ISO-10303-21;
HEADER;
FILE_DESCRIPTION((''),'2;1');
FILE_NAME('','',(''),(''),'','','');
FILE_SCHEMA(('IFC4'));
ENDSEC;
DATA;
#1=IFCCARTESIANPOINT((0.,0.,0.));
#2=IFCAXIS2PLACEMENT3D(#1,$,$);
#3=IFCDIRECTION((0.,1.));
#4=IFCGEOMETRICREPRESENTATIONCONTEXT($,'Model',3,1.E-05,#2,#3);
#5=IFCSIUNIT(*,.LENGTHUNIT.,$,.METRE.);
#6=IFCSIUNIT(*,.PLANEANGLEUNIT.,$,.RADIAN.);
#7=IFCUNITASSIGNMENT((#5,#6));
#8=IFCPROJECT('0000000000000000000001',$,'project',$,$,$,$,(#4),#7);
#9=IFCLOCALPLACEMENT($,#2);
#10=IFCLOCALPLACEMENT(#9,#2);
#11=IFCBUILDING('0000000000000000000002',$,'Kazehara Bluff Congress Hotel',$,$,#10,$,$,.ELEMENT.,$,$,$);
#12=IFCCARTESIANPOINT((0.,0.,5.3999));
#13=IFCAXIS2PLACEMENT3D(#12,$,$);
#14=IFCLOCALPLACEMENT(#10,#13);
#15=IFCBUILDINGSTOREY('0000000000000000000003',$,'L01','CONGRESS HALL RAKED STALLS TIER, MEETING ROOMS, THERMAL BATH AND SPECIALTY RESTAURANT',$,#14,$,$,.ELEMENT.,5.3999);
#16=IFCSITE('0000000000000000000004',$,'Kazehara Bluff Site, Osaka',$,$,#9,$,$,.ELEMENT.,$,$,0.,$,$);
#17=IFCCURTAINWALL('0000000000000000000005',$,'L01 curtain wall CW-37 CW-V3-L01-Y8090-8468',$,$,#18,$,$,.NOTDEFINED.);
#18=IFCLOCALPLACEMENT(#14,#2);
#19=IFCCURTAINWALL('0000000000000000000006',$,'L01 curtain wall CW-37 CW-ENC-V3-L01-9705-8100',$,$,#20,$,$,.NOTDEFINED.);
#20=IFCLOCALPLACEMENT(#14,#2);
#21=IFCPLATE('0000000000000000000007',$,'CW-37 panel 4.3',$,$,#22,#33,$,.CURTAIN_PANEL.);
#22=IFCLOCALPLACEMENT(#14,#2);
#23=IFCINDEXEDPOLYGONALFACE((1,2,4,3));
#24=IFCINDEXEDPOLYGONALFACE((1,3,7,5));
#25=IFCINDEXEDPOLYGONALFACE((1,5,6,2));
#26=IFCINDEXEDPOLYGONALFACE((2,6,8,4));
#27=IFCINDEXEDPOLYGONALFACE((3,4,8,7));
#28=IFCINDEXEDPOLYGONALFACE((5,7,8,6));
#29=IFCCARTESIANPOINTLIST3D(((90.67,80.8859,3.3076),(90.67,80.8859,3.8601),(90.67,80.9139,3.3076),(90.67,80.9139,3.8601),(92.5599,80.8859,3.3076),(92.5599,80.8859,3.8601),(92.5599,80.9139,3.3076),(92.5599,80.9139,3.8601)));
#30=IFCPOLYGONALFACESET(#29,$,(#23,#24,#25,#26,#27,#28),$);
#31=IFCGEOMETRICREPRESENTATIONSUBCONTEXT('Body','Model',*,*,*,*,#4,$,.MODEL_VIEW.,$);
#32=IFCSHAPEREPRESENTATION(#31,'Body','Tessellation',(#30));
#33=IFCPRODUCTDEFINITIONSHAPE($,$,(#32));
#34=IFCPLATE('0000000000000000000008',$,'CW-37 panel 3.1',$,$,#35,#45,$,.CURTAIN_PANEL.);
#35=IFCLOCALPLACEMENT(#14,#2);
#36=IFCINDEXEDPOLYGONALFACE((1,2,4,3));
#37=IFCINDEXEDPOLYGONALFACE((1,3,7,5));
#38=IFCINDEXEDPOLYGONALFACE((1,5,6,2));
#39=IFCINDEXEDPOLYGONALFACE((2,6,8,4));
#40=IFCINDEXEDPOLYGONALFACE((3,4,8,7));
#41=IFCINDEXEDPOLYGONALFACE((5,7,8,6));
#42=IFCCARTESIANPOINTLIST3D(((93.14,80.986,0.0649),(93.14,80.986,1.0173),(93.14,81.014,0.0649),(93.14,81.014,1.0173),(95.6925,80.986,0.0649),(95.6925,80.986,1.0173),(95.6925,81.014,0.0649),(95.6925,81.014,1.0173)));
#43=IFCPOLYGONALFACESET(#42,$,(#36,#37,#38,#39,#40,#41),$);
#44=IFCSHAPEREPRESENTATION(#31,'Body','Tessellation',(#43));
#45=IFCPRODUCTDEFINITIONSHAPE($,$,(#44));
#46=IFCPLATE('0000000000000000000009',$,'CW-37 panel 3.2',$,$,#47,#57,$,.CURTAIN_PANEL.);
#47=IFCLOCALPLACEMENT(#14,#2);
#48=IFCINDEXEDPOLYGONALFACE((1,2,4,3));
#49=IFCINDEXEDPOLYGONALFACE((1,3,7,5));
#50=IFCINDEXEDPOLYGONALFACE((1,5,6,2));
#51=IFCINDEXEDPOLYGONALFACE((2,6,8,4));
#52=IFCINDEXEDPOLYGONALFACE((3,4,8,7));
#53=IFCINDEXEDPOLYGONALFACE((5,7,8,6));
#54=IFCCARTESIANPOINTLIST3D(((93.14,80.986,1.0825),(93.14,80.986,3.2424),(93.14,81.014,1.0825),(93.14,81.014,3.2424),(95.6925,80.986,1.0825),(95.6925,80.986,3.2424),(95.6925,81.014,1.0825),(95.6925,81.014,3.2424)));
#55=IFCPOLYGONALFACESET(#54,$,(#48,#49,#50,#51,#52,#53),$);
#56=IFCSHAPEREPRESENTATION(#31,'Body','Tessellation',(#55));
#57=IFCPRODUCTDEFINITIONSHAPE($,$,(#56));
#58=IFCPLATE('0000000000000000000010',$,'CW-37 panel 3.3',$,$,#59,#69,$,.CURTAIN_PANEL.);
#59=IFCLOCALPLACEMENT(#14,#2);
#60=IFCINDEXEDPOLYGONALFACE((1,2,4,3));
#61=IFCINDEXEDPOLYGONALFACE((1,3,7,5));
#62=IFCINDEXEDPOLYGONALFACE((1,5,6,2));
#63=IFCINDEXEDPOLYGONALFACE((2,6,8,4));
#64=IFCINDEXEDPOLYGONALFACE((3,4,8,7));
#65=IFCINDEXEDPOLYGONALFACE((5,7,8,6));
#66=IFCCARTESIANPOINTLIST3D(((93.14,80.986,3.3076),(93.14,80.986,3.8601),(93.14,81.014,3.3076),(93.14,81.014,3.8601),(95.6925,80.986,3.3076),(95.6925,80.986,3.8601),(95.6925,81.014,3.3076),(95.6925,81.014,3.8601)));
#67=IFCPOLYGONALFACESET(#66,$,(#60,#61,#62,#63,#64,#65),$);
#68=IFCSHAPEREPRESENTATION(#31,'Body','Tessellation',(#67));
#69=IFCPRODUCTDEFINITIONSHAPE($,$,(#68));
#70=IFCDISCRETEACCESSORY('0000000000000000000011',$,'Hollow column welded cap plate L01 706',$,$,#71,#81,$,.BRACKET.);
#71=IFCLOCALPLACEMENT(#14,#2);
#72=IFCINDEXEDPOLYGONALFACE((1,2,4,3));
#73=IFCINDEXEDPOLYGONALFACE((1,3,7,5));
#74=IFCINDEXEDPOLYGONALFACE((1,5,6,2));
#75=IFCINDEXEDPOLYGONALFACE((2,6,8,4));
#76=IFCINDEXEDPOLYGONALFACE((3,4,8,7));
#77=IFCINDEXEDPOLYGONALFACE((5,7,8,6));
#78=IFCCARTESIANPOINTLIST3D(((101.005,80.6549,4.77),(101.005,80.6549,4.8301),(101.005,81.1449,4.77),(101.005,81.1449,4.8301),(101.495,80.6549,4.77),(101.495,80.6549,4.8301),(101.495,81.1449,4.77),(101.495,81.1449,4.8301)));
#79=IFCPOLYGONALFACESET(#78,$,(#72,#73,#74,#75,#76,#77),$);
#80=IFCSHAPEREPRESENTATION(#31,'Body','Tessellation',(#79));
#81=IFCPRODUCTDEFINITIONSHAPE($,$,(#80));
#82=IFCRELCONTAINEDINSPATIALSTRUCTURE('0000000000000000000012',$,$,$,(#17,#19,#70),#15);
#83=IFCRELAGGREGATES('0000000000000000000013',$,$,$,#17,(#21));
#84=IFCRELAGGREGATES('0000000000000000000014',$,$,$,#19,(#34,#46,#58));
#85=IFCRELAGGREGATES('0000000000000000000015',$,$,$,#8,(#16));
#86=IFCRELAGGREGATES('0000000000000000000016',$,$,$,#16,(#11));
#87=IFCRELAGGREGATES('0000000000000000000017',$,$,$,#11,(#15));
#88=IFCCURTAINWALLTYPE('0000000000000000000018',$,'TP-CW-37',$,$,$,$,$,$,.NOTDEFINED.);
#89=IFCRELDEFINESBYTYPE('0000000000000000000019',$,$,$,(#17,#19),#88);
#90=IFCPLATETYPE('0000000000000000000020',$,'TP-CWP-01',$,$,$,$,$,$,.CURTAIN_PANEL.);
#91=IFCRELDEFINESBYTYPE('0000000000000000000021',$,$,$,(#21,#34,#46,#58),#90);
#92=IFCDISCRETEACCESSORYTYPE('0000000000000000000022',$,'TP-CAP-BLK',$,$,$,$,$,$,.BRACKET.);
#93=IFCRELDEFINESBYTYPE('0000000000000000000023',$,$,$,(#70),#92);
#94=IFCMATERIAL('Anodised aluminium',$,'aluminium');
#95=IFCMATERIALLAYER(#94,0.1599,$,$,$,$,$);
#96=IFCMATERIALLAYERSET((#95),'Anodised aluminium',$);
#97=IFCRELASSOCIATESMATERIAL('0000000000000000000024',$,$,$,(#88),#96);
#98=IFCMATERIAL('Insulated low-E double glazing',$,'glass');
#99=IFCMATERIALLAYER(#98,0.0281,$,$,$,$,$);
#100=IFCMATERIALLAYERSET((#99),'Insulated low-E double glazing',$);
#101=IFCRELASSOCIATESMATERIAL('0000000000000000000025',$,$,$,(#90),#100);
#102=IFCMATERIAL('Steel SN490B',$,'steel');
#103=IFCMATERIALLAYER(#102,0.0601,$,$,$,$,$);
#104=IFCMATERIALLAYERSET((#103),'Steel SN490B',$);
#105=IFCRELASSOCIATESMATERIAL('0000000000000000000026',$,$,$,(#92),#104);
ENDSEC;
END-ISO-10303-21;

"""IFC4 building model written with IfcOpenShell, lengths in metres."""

from ifc_helpers import new_model, si_unit, direction, frame, origin, origin_2d, place, context, subcontext, project, spatial, rectangle, extrude, material, layer, layer_set, type_object, element, aggregate, save


model = new_model("IFC4")

# Units and contexts
model_context = context("Model", 3, precision=1e-05, world=origin(), true_north=direction((0.0, 1.0)))
body_context = subcontext(model_context, "Body", "Model", "MODEL_VIEW")
ifc_project = project(units=[si_unit("LENGTHUNIT", "METRE"), si_unit("PLANEANGLEUNIT", "RADIAN")], contexts=[model_context])

# Site, building, storey
site_placement = place(None, origin())
site = spatial("IfcSite", under=ifc_project, at=site_placement, Name="Kazehara Bluff Site, Osaka", CompositionType="ELEMENT", RefElevation=0.0)
building_placement = place(site_placement, origin())
building = spatial("IfcBuilding", under=site, at=building_placement, Name="Kazehara Bluff Congress Hotel", CompositionType="ELEMENT")
storey_placement = place(building_placement, frame((0.0, 0.0, 5.3999)))
storey = spatial("IfcBuildingStorey", under=building, at=storey_placement, Name="L01", Description="CONGRESS HALL RAKED STALLS TIER, MEETING ROOMS, THERMAL BATH AND SPECIALTY RESTAURANT", CompositionType="ELEMENT", Elevation=5.3999)

# Curtain walls
ifc_material_1 = material(Name="Anodised aluminium", Category="aluminium")
ifc_layer_1 = layer(ifc_material_1, 0.1599)
ifc_layer_set_1 = layer_set([ifc_layer_1], Name="Anodised aluminium")
curtain_wall_type = type_object("IfcCurtainWallType", Name="TP-CW-37", PredefinedType="NOTDEFINED", material=ifc_layer_set_1)
curtain_wall_1_placement = place(storey_placement, origin())
curtain_wall_1 = element("IfcCurtainWall", 1, at=curtain_wall_1_placement, inside=storey, type_object=curtain_wall_type, Name="L01 curtain wall CW-37 CW-V3-L01-Y8090-8468", PredefinedType="NOTDEFINED")
curtain_wall_2_placement = place(storey_placement, origin())
curtain_wall_2 = element("IfcCurtainWall", 2, at=curtain_wall_2_placement, inside=storey, type_object=curtain_wall_type, Name="L01 curtain wall CW-37 CW-ENC-V3-L01-9705-8100", PredefinedType="NOTDEFINED")

# Plates
ifc_material_2 = material(Name="Insulated low-E double glazing", Category="glass")
ifc_layer_2 = layer(ifc_material_2, 0.0281)
ifc_layer_set_2 = layer_set([ifc_layer_2], Name="Insulated low-E double glazing")
plate_type = type_object("IfcPlateType", Name="TP-CWP-01", PredefinedType="CURTAIN_PANEL", material=ifc_layer_set_2)
plate_1_placement = place(storey_placement, frame((91.615, 80.8999, 3.3076), z_axis=(0.0, 0.0, 1.0), x_axis=(1.0, 0.0, 0.0)))
plate_1 = element("IfcPlate", 3, at=plate_1_placement, type_object=plate_type, Name="CW-37 panel 4.3", PredefinedType="CURTAIN_PANEL", context=body_context, shape_type="SweptSolid", body=[
    extrude(rectangle(XDim=1.8899, YDim=0.0281, at=origin_2d()), origin(), (0.0, 0.0, 1.0), 0.5525),
])
aggregate(curtain_wall_1, [plate_1])
plate_2_placement = place(storey_placement, frame((94.4163, 81.0, 0.0649), z_axis=(0.0, 0.0, 1.0), x_axis=(-1.0, 0.0, 0.0)))
plate_2 = element("IfcPlate", 4, at=plate_2_placement, type_object=plate_type, Name="CW-37 panel 3.1", PredefinedType="CURTAIN_PANEL", context=body_context, shape_type="SweptSolid", body=[
    extrude(rectangle(XDim=2.5525, YDim=0.0281, at=origin_2d()), origin(), (0.0, 0.0, 1.0), 0.9524),
])
plate_3_placement = place(storey_placement, frame((94.4163, 81.0, 1.0825), z_axis=(0.0, 0.0, 1.0), x_axis=(-1.0, 0.0, 0.0)))
plate_3 = element("IfcPlate", 5, at=plate_3_placement, type_object=plate_type, Name="CW-37 panel 3.2", PredefinedType="CURTAIN_PANEL", context=body_context, shape_type="SweptSolid", body=[
    extrude(rectangle(XDim=2.5525, YDim=0.0281, at=origin_2d()), origin(), (0.0, 0.0, 1.0), 2.1599),
])
plate_4_placement = place(storey_placement, frame((94.4163, 81.0, 3.3076), z_axis=(0.0, 0.0, 1.0), x_axis=(-1.0, 0.0, 0.0)))
plate_4 = element("IfcPlate", 6, at=plate_4_placement, type_object=plate_type, Name="CW-37 panel 3.3", PredefinedType="CURTAIN_PANEL", context=body_context, shape_type="SweptSolid", body=[
    extrude(rectangle(XDim=2.5525, YDim=0.0281, at=origin_2d()), origin(), (0.0, 0.0, 1.0), 0.5525),
])
aggregate(curtain_wall_2, [plate_2, plate_3, plate_4])

# Discrete accessory
ifc_material_3 = material(Name="Steel SN490B", Category="steel")
ifc_layer_3 = layer(ifc_material_3, 0.0601)
ifc_layer_set_3 = layer_set([ifc_layer_3], Name="Steel SN490B")
discrete_accessory_type = type_object("IfcDiscreteAccessoryType", Name="TP-CAP-BLK", PredefinedType="BRACKET", material=ifc_layer_set_3)
discrete_accessory_placement = place(storey_placement, frame((101.25, 80.8999, 4.77), z_axis=(0.0, 0.0, 1.0), x_axis=(1.0, 0.0, 0.0)))
element("IfcDiscreteAccessory", 7, at=discrete_accessory_placement, inside=storey, type_object=discrete_accessory_type, Name="Hollow column welded cap plate L01 706", PredefinedType="BRACKET", context=body_context, shape_type="SweptSolid", body=[
    extrude(rectangle(XDim=0.49, YDim=0.49, at=origin_2d()), origin(), (0.0, 0.0, 1.0), 0.0601),
])

save(model, "model.ifc")
